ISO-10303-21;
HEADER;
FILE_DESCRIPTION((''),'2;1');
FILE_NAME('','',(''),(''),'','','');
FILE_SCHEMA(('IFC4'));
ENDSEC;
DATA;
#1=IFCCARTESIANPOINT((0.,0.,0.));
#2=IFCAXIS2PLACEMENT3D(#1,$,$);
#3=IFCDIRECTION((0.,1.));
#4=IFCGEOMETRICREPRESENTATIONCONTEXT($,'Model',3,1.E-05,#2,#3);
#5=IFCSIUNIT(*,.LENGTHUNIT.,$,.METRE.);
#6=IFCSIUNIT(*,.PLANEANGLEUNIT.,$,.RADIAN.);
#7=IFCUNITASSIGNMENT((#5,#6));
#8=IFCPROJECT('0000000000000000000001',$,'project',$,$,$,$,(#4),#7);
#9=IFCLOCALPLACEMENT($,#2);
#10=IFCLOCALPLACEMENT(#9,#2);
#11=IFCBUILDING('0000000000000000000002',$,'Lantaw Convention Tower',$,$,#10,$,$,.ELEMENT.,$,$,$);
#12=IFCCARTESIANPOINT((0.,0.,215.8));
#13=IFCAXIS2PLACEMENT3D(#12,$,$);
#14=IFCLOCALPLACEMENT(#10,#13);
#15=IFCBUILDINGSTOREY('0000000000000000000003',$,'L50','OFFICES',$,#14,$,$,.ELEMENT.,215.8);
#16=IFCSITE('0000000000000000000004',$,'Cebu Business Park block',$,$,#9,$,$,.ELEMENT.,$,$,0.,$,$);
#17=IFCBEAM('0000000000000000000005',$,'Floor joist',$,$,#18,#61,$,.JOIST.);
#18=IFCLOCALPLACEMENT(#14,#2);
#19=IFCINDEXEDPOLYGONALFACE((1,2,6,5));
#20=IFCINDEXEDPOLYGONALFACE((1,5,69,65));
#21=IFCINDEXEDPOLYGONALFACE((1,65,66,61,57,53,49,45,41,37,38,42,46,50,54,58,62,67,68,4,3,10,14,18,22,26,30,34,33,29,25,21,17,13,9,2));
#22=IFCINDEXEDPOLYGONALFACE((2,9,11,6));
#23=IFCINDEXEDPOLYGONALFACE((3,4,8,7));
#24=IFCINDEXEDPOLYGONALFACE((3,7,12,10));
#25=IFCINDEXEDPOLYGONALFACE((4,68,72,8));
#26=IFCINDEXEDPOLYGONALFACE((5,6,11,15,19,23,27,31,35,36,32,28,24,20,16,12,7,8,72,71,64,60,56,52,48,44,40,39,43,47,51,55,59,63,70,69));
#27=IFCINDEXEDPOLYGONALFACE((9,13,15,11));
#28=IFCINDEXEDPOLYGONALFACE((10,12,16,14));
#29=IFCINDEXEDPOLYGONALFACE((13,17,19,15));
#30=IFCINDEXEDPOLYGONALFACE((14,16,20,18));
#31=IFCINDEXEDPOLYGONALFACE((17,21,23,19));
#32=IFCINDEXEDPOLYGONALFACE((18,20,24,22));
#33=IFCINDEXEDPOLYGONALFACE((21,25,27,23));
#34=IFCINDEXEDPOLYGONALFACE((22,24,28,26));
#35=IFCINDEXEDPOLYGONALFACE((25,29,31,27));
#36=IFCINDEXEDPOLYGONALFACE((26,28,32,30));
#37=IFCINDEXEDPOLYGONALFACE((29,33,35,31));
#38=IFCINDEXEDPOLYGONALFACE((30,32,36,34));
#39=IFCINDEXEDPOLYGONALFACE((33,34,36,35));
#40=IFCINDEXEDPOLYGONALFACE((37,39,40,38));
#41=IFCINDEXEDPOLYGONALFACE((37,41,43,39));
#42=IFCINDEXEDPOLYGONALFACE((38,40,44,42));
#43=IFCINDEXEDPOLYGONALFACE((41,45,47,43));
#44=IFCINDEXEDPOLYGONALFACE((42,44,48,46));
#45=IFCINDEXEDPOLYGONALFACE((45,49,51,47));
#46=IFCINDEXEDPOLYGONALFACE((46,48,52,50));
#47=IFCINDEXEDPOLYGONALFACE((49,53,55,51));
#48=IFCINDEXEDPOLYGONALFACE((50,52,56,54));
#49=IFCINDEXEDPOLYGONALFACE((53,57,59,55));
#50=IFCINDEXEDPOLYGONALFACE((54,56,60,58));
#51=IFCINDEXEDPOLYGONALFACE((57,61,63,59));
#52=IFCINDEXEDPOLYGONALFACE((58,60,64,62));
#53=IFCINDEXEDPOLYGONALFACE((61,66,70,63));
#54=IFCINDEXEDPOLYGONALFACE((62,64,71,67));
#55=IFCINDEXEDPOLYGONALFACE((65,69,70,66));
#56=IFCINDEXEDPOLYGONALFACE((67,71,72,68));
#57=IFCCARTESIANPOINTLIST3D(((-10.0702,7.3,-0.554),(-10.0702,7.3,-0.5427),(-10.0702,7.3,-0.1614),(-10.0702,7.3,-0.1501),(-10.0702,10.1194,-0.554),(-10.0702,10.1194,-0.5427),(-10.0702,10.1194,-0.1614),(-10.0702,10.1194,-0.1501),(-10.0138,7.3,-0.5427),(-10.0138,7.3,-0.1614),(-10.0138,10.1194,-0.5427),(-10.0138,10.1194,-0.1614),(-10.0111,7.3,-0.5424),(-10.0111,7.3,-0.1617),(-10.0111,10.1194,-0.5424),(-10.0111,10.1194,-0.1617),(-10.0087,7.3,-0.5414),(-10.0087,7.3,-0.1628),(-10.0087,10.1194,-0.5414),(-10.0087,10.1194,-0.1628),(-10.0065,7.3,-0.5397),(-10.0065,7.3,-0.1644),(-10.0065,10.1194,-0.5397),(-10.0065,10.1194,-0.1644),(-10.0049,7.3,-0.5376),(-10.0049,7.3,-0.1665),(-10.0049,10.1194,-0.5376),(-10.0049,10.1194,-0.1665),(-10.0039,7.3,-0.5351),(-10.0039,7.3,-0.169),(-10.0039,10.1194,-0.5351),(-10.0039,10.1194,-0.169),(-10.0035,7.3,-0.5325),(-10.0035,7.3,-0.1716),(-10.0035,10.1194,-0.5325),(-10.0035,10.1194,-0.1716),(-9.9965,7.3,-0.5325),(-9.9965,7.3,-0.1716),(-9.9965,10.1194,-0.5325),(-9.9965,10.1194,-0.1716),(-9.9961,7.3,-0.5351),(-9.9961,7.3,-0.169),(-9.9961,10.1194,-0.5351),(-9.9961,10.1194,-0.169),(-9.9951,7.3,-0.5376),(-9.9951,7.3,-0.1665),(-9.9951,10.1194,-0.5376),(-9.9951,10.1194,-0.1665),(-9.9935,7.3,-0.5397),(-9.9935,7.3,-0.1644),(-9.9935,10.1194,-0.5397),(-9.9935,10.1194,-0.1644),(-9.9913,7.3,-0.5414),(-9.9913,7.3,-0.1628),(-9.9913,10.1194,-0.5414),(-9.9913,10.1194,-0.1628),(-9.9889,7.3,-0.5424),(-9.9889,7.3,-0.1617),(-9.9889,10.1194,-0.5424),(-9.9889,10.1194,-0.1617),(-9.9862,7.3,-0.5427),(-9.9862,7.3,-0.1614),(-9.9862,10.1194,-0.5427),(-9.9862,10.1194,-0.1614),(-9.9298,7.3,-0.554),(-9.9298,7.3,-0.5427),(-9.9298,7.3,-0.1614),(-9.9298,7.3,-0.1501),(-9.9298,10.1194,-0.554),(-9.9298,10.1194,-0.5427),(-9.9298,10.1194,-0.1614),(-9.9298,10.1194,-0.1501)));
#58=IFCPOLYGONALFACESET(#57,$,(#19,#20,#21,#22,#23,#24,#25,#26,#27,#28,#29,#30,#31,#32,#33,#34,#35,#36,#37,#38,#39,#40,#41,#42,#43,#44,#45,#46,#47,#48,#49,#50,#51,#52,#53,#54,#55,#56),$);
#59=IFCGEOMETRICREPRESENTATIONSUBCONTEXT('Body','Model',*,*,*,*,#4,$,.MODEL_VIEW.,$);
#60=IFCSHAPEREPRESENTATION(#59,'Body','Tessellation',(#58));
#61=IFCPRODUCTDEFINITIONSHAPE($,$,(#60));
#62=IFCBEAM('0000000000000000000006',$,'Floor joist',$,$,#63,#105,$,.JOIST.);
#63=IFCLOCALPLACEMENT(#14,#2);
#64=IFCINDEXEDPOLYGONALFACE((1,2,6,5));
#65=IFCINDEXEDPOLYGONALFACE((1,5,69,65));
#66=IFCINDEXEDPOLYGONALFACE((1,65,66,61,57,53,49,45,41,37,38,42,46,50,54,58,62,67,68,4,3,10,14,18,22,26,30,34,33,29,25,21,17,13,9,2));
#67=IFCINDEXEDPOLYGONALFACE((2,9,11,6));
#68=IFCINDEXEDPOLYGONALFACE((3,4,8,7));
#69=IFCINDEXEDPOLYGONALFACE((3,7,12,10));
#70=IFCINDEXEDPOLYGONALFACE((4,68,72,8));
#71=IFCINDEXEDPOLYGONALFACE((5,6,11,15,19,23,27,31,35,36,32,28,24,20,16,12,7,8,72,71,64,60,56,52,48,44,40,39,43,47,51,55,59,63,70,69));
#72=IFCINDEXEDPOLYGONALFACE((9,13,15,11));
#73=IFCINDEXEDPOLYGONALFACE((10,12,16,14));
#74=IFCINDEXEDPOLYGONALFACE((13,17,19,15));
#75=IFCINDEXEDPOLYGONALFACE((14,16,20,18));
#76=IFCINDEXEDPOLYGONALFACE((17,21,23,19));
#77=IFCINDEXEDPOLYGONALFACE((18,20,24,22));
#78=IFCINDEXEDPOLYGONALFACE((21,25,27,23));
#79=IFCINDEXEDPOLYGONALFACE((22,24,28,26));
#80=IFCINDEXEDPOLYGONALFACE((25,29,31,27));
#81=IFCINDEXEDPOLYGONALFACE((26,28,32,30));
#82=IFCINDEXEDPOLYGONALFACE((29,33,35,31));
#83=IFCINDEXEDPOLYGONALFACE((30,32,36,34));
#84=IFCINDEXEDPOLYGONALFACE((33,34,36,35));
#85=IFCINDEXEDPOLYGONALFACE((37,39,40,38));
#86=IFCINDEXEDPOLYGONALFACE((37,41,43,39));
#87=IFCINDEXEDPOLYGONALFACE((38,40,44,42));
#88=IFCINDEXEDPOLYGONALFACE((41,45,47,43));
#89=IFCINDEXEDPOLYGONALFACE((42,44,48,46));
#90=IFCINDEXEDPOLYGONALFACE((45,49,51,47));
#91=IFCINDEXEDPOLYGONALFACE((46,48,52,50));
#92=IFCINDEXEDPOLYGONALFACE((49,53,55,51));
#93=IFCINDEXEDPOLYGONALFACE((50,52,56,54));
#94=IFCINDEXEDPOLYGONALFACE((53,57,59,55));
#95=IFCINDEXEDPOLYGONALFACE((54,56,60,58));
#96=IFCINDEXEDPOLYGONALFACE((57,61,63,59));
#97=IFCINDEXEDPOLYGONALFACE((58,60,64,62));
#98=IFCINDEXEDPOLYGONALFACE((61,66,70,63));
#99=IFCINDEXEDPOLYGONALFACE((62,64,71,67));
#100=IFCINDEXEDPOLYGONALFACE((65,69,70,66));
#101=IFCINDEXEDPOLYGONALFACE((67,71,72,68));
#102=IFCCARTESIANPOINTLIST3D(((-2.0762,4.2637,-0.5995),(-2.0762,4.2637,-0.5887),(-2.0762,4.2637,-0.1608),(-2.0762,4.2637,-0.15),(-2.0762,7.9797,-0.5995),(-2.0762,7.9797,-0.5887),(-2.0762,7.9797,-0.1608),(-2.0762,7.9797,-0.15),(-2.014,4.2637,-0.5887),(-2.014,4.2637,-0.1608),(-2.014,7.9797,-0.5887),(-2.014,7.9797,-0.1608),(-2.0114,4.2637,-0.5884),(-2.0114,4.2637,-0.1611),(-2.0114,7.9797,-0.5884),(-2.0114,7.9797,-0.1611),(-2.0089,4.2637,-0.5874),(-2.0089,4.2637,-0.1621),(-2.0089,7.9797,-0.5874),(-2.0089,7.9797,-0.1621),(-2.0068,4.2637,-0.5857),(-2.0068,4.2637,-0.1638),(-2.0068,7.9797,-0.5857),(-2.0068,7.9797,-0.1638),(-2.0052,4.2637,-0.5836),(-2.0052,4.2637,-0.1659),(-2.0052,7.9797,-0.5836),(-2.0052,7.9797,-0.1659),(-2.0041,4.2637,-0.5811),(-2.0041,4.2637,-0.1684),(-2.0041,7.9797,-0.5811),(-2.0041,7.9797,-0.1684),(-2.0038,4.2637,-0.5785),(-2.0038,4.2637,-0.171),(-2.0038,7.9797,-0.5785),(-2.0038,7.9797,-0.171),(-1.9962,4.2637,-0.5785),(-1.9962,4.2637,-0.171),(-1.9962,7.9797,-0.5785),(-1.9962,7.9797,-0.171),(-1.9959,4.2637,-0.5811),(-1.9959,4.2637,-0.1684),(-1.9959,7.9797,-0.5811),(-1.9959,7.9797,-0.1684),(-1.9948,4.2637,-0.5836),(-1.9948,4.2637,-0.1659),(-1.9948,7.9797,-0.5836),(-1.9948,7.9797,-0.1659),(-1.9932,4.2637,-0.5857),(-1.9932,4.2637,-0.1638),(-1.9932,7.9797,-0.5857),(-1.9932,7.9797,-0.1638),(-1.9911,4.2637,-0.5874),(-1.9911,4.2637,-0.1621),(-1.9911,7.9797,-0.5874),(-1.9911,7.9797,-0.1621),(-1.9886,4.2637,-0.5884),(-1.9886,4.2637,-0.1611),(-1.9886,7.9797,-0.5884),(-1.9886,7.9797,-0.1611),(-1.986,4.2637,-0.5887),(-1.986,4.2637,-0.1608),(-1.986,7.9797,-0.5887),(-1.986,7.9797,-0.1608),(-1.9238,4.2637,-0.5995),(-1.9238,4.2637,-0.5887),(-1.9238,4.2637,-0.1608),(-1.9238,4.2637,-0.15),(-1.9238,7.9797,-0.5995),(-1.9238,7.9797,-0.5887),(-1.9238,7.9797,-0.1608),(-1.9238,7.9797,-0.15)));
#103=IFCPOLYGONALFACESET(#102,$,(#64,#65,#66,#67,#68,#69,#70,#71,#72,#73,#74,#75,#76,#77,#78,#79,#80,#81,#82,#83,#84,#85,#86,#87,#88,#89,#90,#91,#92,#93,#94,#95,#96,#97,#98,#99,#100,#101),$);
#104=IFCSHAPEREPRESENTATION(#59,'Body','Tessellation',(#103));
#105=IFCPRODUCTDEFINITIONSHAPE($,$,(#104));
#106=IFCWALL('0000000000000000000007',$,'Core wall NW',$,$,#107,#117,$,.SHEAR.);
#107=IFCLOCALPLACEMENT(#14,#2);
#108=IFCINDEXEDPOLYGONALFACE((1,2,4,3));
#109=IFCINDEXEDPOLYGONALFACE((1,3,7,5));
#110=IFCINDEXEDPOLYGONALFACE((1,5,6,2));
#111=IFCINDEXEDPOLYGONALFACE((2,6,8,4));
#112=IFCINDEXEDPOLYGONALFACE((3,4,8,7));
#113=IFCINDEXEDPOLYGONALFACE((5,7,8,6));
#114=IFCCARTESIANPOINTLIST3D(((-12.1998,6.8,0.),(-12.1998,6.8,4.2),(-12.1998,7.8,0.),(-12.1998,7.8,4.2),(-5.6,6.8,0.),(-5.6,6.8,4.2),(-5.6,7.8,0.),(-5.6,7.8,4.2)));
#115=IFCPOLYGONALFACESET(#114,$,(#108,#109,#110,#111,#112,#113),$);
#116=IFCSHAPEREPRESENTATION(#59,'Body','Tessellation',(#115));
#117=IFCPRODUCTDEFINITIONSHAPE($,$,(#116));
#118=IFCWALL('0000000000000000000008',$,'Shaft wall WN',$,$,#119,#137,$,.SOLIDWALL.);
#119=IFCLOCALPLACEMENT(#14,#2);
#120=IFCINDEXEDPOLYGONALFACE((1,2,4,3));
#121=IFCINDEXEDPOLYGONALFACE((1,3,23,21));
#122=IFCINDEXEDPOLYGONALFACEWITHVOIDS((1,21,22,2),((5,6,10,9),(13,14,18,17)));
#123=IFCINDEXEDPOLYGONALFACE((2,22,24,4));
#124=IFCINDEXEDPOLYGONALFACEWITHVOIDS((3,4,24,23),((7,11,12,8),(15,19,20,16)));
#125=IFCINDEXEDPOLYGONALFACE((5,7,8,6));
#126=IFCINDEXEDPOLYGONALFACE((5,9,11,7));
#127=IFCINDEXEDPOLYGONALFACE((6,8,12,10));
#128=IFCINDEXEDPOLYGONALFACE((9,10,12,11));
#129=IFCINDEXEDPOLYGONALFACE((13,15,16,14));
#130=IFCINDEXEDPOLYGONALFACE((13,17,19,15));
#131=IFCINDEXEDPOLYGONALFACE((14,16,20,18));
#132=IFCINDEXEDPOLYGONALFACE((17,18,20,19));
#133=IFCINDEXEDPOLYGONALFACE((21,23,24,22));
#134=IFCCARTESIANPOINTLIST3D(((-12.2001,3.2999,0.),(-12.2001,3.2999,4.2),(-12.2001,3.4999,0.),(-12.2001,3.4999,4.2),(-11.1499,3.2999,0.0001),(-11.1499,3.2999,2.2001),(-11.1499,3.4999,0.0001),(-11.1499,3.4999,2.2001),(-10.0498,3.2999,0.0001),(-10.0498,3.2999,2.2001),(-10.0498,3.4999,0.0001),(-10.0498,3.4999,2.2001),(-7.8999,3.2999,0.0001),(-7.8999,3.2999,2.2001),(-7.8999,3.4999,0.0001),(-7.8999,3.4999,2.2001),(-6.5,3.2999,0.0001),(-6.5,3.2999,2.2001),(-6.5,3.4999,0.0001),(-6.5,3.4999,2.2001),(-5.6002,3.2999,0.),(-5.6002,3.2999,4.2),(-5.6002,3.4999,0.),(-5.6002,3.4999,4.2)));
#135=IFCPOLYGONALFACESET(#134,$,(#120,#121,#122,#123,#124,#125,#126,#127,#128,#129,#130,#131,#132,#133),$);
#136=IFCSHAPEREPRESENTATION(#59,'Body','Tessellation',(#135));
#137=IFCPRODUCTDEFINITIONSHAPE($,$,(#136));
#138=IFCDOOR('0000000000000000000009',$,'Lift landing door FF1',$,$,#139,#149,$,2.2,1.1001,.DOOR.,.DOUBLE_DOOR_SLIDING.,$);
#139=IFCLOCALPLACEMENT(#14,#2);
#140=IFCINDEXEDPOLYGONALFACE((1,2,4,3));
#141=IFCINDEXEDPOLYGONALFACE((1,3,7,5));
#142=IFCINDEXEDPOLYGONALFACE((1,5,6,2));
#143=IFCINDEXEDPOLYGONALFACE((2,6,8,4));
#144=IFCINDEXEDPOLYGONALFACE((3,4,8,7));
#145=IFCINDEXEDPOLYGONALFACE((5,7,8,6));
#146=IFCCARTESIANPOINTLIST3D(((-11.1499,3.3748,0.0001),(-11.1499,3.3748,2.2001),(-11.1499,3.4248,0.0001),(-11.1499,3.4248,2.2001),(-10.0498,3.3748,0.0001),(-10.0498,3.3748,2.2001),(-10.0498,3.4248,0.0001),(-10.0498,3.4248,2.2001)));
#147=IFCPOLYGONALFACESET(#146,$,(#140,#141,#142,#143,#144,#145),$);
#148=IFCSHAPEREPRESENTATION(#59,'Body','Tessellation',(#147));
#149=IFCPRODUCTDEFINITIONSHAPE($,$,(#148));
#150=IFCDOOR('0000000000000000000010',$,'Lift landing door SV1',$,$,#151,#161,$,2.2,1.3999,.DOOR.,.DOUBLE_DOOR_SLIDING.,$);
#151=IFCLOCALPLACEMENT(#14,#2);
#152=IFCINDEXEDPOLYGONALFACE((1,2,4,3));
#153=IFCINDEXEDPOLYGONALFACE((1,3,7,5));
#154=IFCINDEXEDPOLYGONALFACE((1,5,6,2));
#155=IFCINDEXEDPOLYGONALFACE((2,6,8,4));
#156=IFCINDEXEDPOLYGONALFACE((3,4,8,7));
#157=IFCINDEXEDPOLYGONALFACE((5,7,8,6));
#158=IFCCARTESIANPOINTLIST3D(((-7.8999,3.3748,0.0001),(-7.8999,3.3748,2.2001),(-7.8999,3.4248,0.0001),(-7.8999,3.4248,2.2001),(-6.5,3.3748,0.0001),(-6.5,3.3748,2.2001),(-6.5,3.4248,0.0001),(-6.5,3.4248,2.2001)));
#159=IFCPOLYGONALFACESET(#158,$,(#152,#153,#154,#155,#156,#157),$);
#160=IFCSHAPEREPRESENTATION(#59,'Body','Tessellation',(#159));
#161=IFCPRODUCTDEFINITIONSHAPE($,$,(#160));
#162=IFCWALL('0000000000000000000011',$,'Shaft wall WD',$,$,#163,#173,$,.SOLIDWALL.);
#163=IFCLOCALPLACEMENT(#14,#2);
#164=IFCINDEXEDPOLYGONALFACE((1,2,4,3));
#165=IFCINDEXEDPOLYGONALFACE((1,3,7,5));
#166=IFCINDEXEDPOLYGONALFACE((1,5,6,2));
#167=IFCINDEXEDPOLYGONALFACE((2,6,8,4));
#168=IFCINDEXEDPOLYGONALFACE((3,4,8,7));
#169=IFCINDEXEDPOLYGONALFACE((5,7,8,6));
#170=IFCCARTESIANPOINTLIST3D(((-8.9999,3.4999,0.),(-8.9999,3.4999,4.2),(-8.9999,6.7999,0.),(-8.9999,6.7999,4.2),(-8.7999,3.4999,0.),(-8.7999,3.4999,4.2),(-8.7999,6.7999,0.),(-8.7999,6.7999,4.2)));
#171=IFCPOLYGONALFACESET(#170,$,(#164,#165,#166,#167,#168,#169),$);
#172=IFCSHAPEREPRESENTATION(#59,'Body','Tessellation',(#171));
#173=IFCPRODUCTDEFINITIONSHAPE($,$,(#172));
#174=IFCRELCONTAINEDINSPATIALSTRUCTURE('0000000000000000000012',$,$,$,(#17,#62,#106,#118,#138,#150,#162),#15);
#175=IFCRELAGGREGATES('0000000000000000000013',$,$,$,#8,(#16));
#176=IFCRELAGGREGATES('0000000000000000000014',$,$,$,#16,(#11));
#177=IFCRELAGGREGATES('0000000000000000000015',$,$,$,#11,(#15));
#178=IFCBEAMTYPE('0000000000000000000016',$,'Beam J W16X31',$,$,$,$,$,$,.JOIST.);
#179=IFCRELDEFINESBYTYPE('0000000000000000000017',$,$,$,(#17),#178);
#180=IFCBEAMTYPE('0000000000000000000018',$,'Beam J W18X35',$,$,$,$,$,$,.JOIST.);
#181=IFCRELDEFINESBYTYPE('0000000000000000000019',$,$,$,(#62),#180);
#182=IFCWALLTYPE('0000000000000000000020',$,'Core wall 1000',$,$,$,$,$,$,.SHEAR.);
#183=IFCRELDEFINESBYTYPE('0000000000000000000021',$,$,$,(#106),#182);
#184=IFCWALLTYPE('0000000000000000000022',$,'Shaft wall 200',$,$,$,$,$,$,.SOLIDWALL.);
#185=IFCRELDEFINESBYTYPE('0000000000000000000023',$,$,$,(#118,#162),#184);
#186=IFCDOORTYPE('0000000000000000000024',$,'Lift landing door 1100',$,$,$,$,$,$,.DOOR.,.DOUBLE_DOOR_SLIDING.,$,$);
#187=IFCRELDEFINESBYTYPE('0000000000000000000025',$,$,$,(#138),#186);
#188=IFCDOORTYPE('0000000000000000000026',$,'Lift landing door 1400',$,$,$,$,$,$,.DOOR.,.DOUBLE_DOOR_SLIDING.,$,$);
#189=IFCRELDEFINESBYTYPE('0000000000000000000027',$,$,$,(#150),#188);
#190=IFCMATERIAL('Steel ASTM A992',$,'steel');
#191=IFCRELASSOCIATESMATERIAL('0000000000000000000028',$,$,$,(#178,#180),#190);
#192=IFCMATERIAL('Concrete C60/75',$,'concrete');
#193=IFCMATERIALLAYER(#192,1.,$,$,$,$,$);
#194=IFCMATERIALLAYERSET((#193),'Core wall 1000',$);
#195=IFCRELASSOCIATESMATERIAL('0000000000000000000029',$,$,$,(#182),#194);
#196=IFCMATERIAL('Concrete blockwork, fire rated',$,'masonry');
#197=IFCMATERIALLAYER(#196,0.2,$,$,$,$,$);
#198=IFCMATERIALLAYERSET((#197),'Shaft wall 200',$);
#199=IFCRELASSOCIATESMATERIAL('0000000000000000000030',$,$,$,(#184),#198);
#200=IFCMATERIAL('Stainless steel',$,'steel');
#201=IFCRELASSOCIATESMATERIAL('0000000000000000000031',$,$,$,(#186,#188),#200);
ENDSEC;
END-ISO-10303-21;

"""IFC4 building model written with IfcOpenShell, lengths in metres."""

from ifc_helpers import new_model, si_unit, direction, frame, frame_2d, origin, origin_2d, place, context, subcontext, project, spatial, rectangle, i_section, extrude, material, layer, layer_set, material_profile, profile_set, type_object, element, fill, save


model = new_model("IFC4")

# Units and contexts
model_context = context("Model", 3, precision=1e-05, world=origin(), true_north=direction((0.0, 1.0)))
body_context = subcontext(model_context, "Body", "Model", "MODEL_VIEW")
ifc_project = project(units=[si_unit("LENGTHUNIT", "METRE"), si_unit("PLANEANGLEUNIT", "RADIAN")], contexts=[model_context])

# Site, building, storey
site_placement = place(None, origin())
site = spatial("IfcSite", under=ifc_project, at=site_placement, Name="Cebu Business Park block", CompositionType="ELEMENT", RefElevation=0.0)
building_placement = place(site_placement, origin())
building = spatial("IfcBuilding", under=site, at=building_placement, Name="Lantaw Convention Tower", CompositionType="ELEMENT")
storey_placement = place(building_placement, frame((0.0, 0.0, 215.8)))
storey = spatial("IfcBuildingStorey", under=building, at=storey_placement, Name="L50", Description="OFFICES", CompositionType="ELEMENT", Elevation=215.8)

# Beams
ifc_material_1 = material(Name="Steel ASTM A992", Category="steel")
ifc_material_profile_1 = material_profile(ifc_material_1, i_section(OverallWidth=0.1404, OverallDepth=0.4038, WebThickness=0.0071, FlangeThickness=0.0112, FilletRadius=0.0103, at=origin_2d()), Name="W16X31")
ifc_profile_set_1 = profile_set([ifc_material_profile_1], Name="Steel ASTM A992")
beam_type_1 = type_object("IfcBeamType", Name="Beam J W16X31", PredefinedType="JOIST", material=ifc_profile_set_1)
beam_1_placement = place(storey_placement, frame((-10.0, 7.3, -0.3521), z_axis=(0.0, 1.0, 0.0), x_axis=(-1.0, 0.0, 0.0)))
element("IfcBeam", 1, at=beam_1_placement, inside=storey, type_object=beam_type_1, Name="Floor joist", PredefinedType="JOIST", context=body_context, shape_type="SweptSolid", body=[
    extrude(i_section(OverallWidth=0.1404, OverallDepth=0.4038, WebThickness=0.0071, FlangeThickness=0.0112, FilletRadius=0.0103, at=origin_2d()), origin(), (0.0, 0.0, 1.0), 2.8193),
])
ifc_material_profile_2 = material_profile(ifc_material_1, i_section(OverallWidth=0.1523, OverallDepth=0.4495, WebThickness=0.0076, FlangeThickness=0.0107, FilletRadius=0.0103, at=origin_2d()), Name="W18X35")
ifc_profile_set_2 = profile_set([ifc_material_profile_2], Name="Steel ASTM A992")
beam_type_2 = type_object("IfcBeamType", Name="Beam J W18X35", PredefinedType="JOIST", material=ifc_profile_set_2)
beam_2_placement = place(storey_placement, frame((-2.0, 4.2637, -0.3748), z_axis=(0.0, 1.0, 0.0), x_axis=(-1.0, 0.0, 0.0)))
element("IfcBeam", 2, at=beam_2_placement, inside=storey, type_object=beam_type_2, Name="Floor joist", PredefinedType="JOIST", context=body_context, shape_type="SweptSolid", body=[
    extrude(i_section(OverallWidth=0.1523, OverallDepth=0.4495, WebThickness=0.0076, FlangeThickness=0.0107, FilletRadius=0.0103, at=origin_2d()), origin(), (0.0, 0.0, 1.0), 3.7161),
])

# Wall
ifc_material_2 = material(Name="Concrete C60/75", Category="concrete")
ifc_layer_1 = layer(ifc_material_2, 1.0)
ifc_layer_set_1 = layer_set([ifc_layer_1], Name="Core wall 1000")
wall_type_1 = type_object("IfcWallType", Name="Core wall 1000", PredefinedType="SHEAR", material=ifc_layer_set_1)
wall_1_placement = place(storey_placement, frame((-5.6001, 7.3, 0.0), z_axis=(0.0, 0.0, 1.0), x_axis=(-1.0, 0.0, 0.0)))
element("IfcWall", 3, at=wall_1_placement, inside=storey, type_object=wall_type_1, Name="Core wall NW", PredefinedType="SHEAR", context=body_context, shape_type="SweptSolid", body=[
    extrude(rectangle(XDim=6.5999, YDim=1.0, at=frame_2d((3.2998, 0.0))), origin(), (0.0, 0.0, 1.0), 4.2),
])

# Wall, openings, doors
ifc_material_3 = material(Name="Concrete blockwork, fire rated", Category="masonry")
ifc_layer_2 = layer(ifc_material_3, 0.2)
ifc_layer_set_2 = layer_set([ifc_layer_2], Name="Shaft wall 200")
wall_type_2 = type_object("IfcWallType", Name="Shaft wall 200", PredefinedType="SOLIDWALL", material=ifc_layer_set_2)
wall_2_placement = place(storey_placement, frame((-12.2, 3.3999, 0.0), z_axis=(0.0, 0.0, 1.0), x_axis=(1.0, 0.0, 0.0)))
wall_2 = element("IfcWall", 4, at=wall_2_placement, inside=storey, type_object=wall_type_2, Name="Shaft wall WN", PredefinedType="SOLIDWALL", context=body_context, shape_type="SweptSolid", body=[
    extrude(rectangle(XDim=6.5999, YDim=0.2, at=frame_2d((3.2998, 0.0))), origin(), (0.0, 0.0, 1.0), 4.2),
])
opening_1_placement = place(wall_2_placement, frame((1.05, 0.0, 0.0)))
opening_1 = element("IfcOpeningElement", 5, at=opening_1_placement, cuts=wall_2, PredefinedType="OPENING", context=body_context, shape_type="SweptSolid", body=[
    extrude(rectangle(XDim=1.1001, YDim=2.2, at=frame_2d((0.55, 1.1001))), frame((0.0, 0.1099, 0.0), z_axis=(0.0, -1.0, 0.0), x_axis=(1.0, 0.0, 0.0)), (0.0, 0.0, 1.0), 0.22),
])
opening_2_placement = place(wall_2_placement, frame((4.3, 0.0, 0.0)))
opening_2 = element("IfcOpeningElement", 6, at=opening_2_placement, cuts=wall_2, PredefinedType="OPENING", context=body_context, shape_type="SweptSolid", body=[
    extrude(rectangle(XDim=1.3999, YDim=2.2, at=frame_2d((0.7, 1.1001))), frame((0.0, 0.1099, 0.0), z_axis=(0.0, -1.0, 0.0), x_axis=(1.0, 0.0, 0.0)), (0.0, 0.0, 1.0), 0.22),
])
ifc_material_4 = material(Name="Stainless steel", Category="steel")
door_type_1 = type_object("IfcDoorType", Name="Lift landing door 1100", OperationType="DOUBLE_DOOR_SLIDING", PredefinedType="DOOR", material=ifc_material_4)
door_1_placement = place(opening_1_placement, origin())
door_1 = element("IfcDoor", 7, at=door_1_placement, inside=storey, type_object=door_type_1, Name="Lift landing door FF1", OperationType="DOUBLE_DOOR_SLIDING", OverallHeight=2.2, OverallWidth=1.1001, PredefinedType="DOOR", context=body_context, shape_type="SweptSolid", body=[
    extrude(rectangle(XDim=1.1001, YDim=2.2, at=frame_2d((0.55, 1.1001))), frame((0.0, 0.0249, 0.0), z_axis=(0.0, -1.0, 0.0), x_axis=(1.0, 0.0, 0.0)), (0.0, 0.0, 1.0), 0.05),
])
fill(opening_1, door_1)
door_type_2 = type_object("IfcDoorType", Name="Lift landing door 1400", OperationType="DOUBLE_DOOR_SLIDING", PredefinedType="DOOR", material=ifc_material_4)
door_2_placement = place(opening_2_placement, origin())
door_2 = element("IfcDoor", 8, at=door_2_placement, inside=storey, type_object=door_type_2, Name="Lift landing door SV1", OperationType="DOUBLE_DOOR_SLIDING", OverallHeight=2.2, OverallWidth=1.3999, PredefinedType="DOOR", context=body_context, shape_type="SweptSolid", body=[
    extrude(rectangle(XDim=1.3999, YDim=2.2, at=frame_2d((0.7, 1.1001))), frame((0.0, 0.0249, 0.0), z_axis=(0.0, -1.0, 0.0), x_axis=(1.0, 0.0, 0.0)), (0.0, 0.0, 1.0), 0.05),
])
fill(opening_2, door_2)

# Wall
wall_3_placement = place(storey_placement, frame((-8.8999, 3.5, 0.0), z_axis=(0.0, 0.0, 1.0), x_axis=(0.0, 1.0, 0.0)))
element("IfcWall", 9, at=wall_3_placement, inside=storey, type_object=wall_type_2, Name="Shaft wall WD", PredefinedType="SOLIDWALL", context=body_context, shape_type="SweptSolid", body=[
    extrude(rectangle(XDim=3.3, YDim=0.2, at=frame_2d((1.6499, 0.0))), origin(), (0.0, 0.0, 1.0), 4.2),
])

save(model, "model.ifc")
